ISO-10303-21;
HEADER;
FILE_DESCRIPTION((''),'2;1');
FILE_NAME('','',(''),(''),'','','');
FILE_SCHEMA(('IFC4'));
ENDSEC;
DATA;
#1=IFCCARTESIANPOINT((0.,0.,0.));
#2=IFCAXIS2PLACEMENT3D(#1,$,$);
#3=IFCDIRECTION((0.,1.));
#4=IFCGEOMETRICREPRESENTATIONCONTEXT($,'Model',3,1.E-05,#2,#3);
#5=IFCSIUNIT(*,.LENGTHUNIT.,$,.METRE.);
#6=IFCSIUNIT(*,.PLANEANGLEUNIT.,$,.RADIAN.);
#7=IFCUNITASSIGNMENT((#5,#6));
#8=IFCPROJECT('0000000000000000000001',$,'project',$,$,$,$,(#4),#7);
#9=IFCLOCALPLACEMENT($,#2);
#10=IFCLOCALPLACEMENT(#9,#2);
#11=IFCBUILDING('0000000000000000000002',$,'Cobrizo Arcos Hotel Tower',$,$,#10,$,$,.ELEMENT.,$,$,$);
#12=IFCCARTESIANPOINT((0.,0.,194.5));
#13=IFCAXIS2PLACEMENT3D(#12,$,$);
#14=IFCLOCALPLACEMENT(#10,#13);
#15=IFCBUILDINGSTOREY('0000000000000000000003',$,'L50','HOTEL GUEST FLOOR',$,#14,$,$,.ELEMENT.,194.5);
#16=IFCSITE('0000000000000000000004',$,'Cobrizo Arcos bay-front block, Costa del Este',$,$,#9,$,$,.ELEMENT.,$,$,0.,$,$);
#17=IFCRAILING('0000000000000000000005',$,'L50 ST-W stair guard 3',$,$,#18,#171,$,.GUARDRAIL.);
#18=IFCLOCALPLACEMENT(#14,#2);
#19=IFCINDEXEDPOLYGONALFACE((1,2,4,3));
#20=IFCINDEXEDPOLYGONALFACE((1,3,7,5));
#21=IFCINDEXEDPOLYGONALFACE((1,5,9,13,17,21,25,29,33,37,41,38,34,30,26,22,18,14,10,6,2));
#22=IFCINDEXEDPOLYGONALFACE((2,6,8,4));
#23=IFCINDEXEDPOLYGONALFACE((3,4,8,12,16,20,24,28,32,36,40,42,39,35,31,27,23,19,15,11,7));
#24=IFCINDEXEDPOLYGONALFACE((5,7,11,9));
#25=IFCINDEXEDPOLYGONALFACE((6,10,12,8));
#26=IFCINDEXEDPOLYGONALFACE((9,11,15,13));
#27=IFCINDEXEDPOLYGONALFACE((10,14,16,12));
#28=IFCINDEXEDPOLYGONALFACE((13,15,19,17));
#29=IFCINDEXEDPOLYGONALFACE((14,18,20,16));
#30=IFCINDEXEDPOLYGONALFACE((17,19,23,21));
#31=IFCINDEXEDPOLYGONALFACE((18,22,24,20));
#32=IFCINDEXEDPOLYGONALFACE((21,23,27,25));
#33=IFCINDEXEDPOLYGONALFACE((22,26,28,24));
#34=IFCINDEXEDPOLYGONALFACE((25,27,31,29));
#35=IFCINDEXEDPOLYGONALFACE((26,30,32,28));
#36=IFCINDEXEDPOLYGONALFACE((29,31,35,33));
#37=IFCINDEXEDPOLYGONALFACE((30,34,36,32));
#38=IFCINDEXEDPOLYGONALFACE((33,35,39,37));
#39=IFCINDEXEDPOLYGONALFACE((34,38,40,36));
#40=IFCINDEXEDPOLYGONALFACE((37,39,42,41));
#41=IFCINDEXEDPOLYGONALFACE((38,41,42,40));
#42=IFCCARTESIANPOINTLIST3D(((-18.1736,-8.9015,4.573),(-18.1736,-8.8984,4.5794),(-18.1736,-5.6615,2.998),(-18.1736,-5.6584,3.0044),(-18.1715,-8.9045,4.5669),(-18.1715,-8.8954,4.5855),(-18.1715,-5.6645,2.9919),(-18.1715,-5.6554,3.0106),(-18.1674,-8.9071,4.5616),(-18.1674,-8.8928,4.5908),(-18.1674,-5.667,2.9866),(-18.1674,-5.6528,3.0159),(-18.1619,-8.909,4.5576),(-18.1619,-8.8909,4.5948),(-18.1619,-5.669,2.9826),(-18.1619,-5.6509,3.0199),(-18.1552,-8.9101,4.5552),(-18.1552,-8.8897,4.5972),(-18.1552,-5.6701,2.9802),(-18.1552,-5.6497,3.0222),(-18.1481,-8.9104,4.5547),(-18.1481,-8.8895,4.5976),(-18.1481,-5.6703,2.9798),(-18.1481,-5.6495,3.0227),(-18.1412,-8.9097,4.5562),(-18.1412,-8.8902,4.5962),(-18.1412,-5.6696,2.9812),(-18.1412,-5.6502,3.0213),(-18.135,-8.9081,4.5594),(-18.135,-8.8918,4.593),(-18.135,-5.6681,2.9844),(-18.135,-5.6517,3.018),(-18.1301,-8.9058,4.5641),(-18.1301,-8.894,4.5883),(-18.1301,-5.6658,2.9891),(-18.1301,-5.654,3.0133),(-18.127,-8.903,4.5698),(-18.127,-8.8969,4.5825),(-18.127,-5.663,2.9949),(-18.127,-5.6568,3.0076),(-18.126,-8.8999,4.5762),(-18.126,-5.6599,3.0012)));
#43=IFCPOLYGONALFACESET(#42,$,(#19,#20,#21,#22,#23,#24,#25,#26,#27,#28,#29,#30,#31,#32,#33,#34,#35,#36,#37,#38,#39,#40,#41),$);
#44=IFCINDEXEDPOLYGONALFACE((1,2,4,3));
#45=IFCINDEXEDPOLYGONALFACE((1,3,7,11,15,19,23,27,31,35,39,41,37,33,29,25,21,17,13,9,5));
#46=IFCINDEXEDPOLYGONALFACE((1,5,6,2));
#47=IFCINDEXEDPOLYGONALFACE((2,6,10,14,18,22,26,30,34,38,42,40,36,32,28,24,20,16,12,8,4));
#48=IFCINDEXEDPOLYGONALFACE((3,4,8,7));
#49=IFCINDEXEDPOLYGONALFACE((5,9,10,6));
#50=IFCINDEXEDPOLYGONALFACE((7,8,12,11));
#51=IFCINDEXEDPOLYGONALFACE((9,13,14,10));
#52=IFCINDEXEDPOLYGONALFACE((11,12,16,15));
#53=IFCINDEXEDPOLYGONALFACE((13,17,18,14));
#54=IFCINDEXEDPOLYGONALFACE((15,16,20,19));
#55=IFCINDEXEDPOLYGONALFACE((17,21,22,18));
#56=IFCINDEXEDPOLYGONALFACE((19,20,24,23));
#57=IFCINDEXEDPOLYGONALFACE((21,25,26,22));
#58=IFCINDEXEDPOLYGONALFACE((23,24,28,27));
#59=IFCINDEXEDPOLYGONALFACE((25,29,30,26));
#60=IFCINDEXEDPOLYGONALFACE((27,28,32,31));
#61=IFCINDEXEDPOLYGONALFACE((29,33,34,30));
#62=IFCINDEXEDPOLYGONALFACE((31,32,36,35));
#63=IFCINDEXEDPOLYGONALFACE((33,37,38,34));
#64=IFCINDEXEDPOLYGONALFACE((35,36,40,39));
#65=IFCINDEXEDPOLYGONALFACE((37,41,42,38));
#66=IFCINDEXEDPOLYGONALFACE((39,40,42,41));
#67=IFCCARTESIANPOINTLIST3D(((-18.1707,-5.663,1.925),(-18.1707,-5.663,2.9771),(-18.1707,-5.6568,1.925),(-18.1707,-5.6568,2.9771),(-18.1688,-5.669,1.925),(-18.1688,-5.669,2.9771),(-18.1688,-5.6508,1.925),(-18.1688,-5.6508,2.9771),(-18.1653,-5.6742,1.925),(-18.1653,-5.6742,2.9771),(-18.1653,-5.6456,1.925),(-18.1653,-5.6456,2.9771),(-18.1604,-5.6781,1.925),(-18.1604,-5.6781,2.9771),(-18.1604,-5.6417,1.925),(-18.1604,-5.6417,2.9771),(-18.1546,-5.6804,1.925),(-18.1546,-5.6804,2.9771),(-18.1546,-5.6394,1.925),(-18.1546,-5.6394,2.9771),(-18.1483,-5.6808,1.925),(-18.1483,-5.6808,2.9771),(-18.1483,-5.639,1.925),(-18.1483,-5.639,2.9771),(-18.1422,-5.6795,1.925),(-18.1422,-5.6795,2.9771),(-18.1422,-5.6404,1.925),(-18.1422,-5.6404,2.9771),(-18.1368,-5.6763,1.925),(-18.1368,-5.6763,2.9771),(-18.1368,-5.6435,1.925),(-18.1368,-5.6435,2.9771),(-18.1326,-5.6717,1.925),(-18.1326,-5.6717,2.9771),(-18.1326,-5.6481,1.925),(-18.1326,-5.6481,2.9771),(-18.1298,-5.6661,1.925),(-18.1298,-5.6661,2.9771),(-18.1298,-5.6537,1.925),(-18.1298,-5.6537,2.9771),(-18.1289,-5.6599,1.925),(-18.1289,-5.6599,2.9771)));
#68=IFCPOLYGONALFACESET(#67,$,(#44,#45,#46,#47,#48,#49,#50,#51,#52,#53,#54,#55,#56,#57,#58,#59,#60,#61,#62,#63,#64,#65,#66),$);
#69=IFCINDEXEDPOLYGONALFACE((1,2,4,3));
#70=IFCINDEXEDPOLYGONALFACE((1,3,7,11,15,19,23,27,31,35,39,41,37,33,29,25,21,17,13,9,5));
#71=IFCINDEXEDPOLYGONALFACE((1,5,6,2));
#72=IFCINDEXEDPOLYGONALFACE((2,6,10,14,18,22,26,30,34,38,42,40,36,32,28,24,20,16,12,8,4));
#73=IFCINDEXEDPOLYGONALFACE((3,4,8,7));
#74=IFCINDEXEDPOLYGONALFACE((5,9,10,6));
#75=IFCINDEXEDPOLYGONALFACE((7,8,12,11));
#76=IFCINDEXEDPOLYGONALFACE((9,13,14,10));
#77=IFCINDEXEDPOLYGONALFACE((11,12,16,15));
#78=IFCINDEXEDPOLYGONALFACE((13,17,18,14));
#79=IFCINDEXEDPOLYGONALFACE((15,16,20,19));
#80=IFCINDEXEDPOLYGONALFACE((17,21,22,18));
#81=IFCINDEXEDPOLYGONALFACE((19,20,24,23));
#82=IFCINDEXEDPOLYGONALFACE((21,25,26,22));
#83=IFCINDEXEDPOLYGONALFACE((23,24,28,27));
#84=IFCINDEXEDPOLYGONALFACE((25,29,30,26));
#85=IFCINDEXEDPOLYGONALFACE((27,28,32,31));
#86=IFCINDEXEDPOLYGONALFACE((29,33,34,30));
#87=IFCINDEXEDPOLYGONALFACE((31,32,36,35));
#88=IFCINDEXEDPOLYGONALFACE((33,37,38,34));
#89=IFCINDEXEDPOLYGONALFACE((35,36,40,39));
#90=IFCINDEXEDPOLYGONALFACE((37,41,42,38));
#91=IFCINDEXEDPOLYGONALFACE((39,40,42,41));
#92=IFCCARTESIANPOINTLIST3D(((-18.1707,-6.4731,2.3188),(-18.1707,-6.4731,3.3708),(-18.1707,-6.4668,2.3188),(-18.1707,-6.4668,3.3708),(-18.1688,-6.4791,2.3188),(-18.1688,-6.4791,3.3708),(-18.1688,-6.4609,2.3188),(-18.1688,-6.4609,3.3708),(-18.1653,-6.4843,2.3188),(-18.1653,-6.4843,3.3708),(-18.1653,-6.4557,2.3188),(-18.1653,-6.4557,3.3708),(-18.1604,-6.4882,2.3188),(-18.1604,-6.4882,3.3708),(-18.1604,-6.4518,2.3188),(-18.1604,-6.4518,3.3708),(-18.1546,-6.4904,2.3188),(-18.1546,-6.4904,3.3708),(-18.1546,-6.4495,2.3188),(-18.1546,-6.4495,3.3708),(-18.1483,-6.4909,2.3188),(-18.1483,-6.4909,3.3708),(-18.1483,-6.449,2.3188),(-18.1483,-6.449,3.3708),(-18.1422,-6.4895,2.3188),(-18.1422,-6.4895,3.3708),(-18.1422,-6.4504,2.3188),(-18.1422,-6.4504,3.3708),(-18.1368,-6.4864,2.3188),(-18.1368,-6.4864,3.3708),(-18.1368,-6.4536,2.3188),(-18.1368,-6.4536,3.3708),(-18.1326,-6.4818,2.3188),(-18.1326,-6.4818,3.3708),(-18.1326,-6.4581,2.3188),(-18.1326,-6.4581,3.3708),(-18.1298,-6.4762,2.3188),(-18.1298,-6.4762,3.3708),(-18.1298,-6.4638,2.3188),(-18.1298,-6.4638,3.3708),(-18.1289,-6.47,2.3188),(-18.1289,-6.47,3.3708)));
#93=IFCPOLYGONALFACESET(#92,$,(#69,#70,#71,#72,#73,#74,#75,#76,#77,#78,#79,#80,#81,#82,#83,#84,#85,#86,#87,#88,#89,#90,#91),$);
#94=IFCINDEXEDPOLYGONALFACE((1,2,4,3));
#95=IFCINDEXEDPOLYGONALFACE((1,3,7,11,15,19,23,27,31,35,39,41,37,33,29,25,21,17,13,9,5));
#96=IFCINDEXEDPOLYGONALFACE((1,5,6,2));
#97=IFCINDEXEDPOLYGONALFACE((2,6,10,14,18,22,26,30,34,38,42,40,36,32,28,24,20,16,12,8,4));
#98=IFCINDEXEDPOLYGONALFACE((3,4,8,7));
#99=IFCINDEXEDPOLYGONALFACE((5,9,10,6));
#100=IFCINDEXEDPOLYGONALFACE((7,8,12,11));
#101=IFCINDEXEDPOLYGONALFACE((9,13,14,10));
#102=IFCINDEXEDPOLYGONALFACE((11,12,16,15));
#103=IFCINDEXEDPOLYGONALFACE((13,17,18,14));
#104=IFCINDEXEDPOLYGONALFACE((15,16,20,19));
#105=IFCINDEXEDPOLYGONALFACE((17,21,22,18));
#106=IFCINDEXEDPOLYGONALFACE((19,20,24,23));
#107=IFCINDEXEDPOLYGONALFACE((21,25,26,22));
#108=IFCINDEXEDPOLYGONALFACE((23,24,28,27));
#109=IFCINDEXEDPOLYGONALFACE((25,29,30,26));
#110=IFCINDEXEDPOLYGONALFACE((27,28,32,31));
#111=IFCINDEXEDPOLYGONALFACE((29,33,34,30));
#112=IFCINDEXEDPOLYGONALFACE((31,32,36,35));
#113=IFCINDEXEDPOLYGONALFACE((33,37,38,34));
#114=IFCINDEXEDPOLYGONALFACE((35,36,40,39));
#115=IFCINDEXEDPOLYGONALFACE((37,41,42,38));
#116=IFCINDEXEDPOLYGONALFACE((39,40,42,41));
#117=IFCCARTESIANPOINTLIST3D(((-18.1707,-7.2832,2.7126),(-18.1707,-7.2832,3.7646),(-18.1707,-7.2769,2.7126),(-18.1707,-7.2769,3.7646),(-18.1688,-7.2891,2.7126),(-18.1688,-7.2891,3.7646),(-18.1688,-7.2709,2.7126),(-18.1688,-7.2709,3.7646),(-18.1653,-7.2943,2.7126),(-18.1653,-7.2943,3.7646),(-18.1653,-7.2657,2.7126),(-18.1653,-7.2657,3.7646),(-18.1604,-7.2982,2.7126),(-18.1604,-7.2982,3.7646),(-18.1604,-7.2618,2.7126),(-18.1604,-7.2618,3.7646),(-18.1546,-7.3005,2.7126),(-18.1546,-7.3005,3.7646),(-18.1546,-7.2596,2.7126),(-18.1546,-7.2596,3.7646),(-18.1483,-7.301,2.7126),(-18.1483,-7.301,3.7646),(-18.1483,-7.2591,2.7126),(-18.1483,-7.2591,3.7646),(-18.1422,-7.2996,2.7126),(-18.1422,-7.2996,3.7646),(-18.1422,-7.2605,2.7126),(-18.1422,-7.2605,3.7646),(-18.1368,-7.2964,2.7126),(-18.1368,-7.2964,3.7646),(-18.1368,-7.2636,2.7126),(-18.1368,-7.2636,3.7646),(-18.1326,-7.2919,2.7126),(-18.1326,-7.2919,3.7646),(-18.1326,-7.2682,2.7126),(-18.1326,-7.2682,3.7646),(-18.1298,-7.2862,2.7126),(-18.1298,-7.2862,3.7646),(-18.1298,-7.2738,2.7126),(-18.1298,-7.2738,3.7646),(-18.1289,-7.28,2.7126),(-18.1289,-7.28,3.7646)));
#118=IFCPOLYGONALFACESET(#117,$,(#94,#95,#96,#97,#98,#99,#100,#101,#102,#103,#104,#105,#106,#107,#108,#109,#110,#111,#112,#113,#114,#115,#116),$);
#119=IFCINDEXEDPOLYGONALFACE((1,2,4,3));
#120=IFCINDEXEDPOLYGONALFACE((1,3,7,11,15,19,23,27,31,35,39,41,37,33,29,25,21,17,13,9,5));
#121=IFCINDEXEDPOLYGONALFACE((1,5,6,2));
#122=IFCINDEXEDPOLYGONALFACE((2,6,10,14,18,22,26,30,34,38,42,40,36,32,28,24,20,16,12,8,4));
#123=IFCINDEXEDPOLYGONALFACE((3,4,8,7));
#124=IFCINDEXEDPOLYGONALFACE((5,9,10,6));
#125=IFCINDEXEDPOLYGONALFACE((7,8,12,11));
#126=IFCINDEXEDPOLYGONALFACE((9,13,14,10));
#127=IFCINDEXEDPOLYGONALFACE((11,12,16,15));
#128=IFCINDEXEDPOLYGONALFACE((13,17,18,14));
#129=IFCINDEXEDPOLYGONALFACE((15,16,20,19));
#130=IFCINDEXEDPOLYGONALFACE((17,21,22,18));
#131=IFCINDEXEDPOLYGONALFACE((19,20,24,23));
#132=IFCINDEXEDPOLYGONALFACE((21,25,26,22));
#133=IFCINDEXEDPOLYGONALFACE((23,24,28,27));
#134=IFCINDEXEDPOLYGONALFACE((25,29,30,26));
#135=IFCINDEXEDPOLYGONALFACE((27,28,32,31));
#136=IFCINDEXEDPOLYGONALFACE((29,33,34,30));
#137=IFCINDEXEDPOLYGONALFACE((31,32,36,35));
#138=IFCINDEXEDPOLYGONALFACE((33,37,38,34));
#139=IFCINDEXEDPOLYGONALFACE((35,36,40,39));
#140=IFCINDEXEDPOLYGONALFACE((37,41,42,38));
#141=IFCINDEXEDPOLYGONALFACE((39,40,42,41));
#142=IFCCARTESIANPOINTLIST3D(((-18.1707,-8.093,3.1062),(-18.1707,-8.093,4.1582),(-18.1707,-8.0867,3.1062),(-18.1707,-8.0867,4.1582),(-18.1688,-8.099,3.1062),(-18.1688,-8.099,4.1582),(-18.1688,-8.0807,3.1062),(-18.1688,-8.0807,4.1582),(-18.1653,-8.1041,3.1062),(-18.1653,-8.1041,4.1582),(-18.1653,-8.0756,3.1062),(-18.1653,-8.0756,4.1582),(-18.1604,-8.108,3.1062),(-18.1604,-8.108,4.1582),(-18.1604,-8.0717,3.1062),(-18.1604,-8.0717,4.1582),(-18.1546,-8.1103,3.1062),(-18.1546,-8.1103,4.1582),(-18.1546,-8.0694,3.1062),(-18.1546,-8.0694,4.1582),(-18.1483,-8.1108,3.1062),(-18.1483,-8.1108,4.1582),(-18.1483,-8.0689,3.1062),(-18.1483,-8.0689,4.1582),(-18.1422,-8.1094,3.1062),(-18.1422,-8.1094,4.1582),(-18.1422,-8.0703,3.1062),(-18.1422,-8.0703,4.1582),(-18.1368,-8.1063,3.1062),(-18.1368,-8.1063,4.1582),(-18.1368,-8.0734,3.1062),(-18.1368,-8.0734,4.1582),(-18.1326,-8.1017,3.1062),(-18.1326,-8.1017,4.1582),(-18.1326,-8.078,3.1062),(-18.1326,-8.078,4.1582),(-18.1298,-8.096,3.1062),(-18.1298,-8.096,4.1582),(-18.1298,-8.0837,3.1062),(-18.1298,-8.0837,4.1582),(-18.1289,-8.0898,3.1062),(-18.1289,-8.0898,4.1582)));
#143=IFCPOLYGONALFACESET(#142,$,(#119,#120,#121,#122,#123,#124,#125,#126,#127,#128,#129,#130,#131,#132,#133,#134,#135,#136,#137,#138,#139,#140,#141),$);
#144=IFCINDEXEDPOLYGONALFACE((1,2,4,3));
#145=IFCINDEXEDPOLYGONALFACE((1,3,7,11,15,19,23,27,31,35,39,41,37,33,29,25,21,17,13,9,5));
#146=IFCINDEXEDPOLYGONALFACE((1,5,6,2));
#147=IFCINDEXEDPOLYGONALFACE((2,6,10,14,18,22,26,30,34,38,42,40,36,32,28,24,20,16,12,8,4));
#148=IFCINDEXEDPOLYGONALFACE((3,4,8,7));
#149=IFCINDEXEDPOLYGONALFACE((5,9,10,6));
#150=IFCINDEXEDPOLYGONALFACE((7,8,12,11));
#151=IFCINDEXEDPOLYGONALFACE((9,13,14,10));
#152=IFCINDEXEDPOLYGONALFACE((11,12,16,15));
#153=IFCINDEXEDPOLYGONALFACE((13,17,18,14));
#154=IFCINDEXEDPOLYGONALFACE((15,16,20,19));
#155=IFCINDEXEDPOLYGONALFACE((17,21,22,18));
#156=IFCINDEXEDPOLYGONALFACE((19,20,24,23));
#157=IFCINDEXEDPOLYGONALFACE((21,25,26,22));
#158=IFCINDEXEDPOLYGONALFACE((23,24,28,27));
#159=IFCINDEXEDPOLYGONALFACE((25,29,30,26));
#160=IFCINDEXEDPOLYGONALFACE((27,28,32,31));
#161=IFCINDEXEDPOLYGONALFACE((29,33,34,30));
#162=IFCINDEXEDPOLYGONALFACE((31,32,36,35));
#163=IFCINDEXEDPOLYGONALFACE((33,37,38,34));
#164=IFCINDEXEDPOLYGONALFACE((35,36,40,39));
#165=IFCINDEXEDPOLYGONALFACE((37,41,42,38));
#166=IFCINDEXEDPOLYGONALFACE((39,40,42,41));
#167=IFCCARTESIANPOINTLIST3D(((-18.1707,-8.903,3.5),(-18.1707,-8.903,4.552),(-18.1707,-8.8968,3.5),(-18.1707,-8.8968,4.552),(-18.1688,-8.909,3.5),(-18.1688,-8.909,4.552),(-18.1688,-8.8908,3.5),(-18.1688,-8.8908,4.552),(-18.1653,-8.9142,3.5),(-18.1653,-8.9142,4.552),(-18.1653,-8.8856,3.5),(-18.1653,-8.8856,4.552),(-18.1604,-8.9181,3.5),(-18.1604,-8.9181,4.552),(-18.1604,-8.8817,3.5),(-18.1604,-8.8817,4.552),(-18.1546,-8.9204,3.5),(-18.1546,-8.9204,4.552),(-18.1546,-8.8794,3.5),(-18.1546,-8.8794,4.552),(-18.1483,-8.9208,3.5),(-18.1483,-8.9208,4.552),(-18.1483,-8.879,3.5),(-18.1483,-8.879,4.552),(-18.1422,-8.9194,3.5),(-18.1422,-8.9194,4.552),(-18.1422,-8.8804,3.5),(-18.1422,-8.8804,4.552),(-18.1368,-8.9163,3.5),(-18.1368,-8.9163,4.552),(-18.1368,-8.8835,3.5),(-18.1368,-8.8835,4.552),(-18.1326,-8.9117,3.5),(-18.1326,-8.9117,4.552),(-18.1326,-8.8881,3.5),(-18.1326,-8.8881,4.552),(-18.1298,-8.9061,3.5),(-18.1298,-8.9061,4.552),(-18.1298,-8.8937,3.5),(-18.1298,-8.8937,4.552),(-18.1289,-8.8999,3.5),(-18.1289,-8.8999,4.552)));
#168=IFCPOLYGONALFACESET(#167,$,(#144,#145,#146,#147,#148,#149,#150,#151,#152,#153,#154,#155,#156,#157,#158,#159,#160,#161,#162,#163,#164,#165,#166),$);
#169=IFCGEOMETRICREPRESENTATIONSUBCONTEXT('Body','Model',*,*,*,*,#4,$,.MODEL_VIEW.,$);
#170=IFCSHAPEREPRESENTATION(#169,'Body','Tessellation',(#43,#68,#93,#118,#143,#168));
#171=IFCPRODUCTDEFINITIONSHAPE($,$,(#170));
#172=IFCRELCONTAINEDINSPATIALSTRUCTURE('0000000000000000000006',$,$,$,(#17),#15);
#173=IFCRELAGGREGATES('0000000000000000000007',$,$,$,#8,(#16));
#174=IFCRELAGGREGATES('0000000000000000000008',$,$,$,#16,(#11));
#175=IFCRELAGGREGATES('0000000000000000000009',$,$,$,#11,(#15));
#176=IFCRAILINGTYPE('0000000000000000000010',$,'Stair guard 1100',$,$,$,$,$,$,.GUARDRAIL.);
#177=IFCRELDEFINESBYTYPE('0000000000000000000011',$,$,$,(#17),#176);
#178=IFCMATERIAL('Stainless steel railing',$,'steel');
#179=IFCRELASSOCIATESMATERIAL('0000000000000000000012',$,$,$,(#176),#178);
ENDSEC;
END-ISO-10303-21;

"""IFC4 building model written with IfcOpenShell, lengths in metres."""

from ifc_helpers import new_model, si_unit, direction, frame, origin, origin_2d, place, context, subcontext, project, spatial, circle, extrude, material, type_object, element, save


model = new_model("IFC4")

# Units and contexts
model_context = context("Model", 3, precision=1e-05, world=origin(), true_north=direction((0.0, 1.0)))
body_context = subcontext(model_context, "Body", "Model", "MODEL_VIEW")
ifc_project = project(units=[si_unit("LENGTHUNIT", "METRE"), si_unit("PLANEANGLEUNIT", "RADIAN")], contexts=[model_context])

# Site, building, storey
site_placement = place(None, origin())
site = spatial("IfcSite", under=ifc_project, at=site_placement, Name="Cobrizo Arcos bay-front block, Costa del Este", CompositionType="ELEMENT", RefElevation=0.0)
building_placement = place(site_placement, origin())
building = spatial("IfcBuilding", under=site, at=building_placement, Name="Cobrizo Arcos Hotel Tower", CompositionType="ELEMENT")
storey_placement = place(building_placement, frame((0.0, 0.0, 194.5)))
storey = spatial("IfcBuildingStorey", under=building, at=storey_placement, Name="L50", Description="HOTEL GUEST FLOOR", CompositionType="ELEMENT", Elevation=194.5)

# Railing
ifc_material_1 = material(Name="Stainless steel railing", Category="steel")
railing_type_1 = type_object("IfcRailingType", Name="Stair guard 1100", PredefinedType="GUARDRAIL", material=ifc_material_1)
railing_1_placement = place(storey_placement, frame((-18.1499, -5.6599, 1.925)))
element("IfcRailing", 1, at=railing_1_placement, inside=storey, type_object=railing_type_1, Name="L50 ST-W stair guard 3", PredefinedType="GUARDRAIL", context=body_context, shape_type="SweptSolid", body=[
    extrude(circle(Radius=0.0239, at=origin_2d()), frame((0.0, 0.0, 1.0762), z_axis=(0.0, -0.899373, 0.437183), x_axis=(1.0, 0.0, 0.0)), (0.0, 0.0, 1.0), 3.6025),
    extrude(circle(Radius=0.021, at=origin_2d()), origin(), (0.0, 0.0, 1.0), 1.052),
    extrude(circle(Radius=0.021, at=origin_2d()), frame((0.0, -0.8101, 0.3938)), (0.0, 0.0, 1.0), 1.052),
    extrude(circle(Radius=0.021, at=origin_2d()), frame((0.0, -1.6201, 0.7876)), (0.0, 0.0, 1.0), 1.052),
    extrude(circle(Radius=0.021, at=origin_2d()), frame((0.0, -2.4299, 1.1812)), (0.0, 0.0, 1.0), 1.052),
    extrude(circle(Radius=0.021, at=origin_2d()), frame((0.0, -3.24, 1.575)), (0.0, 0.0, 1.0), 1.052),
])

save(model, "model.ifc")
